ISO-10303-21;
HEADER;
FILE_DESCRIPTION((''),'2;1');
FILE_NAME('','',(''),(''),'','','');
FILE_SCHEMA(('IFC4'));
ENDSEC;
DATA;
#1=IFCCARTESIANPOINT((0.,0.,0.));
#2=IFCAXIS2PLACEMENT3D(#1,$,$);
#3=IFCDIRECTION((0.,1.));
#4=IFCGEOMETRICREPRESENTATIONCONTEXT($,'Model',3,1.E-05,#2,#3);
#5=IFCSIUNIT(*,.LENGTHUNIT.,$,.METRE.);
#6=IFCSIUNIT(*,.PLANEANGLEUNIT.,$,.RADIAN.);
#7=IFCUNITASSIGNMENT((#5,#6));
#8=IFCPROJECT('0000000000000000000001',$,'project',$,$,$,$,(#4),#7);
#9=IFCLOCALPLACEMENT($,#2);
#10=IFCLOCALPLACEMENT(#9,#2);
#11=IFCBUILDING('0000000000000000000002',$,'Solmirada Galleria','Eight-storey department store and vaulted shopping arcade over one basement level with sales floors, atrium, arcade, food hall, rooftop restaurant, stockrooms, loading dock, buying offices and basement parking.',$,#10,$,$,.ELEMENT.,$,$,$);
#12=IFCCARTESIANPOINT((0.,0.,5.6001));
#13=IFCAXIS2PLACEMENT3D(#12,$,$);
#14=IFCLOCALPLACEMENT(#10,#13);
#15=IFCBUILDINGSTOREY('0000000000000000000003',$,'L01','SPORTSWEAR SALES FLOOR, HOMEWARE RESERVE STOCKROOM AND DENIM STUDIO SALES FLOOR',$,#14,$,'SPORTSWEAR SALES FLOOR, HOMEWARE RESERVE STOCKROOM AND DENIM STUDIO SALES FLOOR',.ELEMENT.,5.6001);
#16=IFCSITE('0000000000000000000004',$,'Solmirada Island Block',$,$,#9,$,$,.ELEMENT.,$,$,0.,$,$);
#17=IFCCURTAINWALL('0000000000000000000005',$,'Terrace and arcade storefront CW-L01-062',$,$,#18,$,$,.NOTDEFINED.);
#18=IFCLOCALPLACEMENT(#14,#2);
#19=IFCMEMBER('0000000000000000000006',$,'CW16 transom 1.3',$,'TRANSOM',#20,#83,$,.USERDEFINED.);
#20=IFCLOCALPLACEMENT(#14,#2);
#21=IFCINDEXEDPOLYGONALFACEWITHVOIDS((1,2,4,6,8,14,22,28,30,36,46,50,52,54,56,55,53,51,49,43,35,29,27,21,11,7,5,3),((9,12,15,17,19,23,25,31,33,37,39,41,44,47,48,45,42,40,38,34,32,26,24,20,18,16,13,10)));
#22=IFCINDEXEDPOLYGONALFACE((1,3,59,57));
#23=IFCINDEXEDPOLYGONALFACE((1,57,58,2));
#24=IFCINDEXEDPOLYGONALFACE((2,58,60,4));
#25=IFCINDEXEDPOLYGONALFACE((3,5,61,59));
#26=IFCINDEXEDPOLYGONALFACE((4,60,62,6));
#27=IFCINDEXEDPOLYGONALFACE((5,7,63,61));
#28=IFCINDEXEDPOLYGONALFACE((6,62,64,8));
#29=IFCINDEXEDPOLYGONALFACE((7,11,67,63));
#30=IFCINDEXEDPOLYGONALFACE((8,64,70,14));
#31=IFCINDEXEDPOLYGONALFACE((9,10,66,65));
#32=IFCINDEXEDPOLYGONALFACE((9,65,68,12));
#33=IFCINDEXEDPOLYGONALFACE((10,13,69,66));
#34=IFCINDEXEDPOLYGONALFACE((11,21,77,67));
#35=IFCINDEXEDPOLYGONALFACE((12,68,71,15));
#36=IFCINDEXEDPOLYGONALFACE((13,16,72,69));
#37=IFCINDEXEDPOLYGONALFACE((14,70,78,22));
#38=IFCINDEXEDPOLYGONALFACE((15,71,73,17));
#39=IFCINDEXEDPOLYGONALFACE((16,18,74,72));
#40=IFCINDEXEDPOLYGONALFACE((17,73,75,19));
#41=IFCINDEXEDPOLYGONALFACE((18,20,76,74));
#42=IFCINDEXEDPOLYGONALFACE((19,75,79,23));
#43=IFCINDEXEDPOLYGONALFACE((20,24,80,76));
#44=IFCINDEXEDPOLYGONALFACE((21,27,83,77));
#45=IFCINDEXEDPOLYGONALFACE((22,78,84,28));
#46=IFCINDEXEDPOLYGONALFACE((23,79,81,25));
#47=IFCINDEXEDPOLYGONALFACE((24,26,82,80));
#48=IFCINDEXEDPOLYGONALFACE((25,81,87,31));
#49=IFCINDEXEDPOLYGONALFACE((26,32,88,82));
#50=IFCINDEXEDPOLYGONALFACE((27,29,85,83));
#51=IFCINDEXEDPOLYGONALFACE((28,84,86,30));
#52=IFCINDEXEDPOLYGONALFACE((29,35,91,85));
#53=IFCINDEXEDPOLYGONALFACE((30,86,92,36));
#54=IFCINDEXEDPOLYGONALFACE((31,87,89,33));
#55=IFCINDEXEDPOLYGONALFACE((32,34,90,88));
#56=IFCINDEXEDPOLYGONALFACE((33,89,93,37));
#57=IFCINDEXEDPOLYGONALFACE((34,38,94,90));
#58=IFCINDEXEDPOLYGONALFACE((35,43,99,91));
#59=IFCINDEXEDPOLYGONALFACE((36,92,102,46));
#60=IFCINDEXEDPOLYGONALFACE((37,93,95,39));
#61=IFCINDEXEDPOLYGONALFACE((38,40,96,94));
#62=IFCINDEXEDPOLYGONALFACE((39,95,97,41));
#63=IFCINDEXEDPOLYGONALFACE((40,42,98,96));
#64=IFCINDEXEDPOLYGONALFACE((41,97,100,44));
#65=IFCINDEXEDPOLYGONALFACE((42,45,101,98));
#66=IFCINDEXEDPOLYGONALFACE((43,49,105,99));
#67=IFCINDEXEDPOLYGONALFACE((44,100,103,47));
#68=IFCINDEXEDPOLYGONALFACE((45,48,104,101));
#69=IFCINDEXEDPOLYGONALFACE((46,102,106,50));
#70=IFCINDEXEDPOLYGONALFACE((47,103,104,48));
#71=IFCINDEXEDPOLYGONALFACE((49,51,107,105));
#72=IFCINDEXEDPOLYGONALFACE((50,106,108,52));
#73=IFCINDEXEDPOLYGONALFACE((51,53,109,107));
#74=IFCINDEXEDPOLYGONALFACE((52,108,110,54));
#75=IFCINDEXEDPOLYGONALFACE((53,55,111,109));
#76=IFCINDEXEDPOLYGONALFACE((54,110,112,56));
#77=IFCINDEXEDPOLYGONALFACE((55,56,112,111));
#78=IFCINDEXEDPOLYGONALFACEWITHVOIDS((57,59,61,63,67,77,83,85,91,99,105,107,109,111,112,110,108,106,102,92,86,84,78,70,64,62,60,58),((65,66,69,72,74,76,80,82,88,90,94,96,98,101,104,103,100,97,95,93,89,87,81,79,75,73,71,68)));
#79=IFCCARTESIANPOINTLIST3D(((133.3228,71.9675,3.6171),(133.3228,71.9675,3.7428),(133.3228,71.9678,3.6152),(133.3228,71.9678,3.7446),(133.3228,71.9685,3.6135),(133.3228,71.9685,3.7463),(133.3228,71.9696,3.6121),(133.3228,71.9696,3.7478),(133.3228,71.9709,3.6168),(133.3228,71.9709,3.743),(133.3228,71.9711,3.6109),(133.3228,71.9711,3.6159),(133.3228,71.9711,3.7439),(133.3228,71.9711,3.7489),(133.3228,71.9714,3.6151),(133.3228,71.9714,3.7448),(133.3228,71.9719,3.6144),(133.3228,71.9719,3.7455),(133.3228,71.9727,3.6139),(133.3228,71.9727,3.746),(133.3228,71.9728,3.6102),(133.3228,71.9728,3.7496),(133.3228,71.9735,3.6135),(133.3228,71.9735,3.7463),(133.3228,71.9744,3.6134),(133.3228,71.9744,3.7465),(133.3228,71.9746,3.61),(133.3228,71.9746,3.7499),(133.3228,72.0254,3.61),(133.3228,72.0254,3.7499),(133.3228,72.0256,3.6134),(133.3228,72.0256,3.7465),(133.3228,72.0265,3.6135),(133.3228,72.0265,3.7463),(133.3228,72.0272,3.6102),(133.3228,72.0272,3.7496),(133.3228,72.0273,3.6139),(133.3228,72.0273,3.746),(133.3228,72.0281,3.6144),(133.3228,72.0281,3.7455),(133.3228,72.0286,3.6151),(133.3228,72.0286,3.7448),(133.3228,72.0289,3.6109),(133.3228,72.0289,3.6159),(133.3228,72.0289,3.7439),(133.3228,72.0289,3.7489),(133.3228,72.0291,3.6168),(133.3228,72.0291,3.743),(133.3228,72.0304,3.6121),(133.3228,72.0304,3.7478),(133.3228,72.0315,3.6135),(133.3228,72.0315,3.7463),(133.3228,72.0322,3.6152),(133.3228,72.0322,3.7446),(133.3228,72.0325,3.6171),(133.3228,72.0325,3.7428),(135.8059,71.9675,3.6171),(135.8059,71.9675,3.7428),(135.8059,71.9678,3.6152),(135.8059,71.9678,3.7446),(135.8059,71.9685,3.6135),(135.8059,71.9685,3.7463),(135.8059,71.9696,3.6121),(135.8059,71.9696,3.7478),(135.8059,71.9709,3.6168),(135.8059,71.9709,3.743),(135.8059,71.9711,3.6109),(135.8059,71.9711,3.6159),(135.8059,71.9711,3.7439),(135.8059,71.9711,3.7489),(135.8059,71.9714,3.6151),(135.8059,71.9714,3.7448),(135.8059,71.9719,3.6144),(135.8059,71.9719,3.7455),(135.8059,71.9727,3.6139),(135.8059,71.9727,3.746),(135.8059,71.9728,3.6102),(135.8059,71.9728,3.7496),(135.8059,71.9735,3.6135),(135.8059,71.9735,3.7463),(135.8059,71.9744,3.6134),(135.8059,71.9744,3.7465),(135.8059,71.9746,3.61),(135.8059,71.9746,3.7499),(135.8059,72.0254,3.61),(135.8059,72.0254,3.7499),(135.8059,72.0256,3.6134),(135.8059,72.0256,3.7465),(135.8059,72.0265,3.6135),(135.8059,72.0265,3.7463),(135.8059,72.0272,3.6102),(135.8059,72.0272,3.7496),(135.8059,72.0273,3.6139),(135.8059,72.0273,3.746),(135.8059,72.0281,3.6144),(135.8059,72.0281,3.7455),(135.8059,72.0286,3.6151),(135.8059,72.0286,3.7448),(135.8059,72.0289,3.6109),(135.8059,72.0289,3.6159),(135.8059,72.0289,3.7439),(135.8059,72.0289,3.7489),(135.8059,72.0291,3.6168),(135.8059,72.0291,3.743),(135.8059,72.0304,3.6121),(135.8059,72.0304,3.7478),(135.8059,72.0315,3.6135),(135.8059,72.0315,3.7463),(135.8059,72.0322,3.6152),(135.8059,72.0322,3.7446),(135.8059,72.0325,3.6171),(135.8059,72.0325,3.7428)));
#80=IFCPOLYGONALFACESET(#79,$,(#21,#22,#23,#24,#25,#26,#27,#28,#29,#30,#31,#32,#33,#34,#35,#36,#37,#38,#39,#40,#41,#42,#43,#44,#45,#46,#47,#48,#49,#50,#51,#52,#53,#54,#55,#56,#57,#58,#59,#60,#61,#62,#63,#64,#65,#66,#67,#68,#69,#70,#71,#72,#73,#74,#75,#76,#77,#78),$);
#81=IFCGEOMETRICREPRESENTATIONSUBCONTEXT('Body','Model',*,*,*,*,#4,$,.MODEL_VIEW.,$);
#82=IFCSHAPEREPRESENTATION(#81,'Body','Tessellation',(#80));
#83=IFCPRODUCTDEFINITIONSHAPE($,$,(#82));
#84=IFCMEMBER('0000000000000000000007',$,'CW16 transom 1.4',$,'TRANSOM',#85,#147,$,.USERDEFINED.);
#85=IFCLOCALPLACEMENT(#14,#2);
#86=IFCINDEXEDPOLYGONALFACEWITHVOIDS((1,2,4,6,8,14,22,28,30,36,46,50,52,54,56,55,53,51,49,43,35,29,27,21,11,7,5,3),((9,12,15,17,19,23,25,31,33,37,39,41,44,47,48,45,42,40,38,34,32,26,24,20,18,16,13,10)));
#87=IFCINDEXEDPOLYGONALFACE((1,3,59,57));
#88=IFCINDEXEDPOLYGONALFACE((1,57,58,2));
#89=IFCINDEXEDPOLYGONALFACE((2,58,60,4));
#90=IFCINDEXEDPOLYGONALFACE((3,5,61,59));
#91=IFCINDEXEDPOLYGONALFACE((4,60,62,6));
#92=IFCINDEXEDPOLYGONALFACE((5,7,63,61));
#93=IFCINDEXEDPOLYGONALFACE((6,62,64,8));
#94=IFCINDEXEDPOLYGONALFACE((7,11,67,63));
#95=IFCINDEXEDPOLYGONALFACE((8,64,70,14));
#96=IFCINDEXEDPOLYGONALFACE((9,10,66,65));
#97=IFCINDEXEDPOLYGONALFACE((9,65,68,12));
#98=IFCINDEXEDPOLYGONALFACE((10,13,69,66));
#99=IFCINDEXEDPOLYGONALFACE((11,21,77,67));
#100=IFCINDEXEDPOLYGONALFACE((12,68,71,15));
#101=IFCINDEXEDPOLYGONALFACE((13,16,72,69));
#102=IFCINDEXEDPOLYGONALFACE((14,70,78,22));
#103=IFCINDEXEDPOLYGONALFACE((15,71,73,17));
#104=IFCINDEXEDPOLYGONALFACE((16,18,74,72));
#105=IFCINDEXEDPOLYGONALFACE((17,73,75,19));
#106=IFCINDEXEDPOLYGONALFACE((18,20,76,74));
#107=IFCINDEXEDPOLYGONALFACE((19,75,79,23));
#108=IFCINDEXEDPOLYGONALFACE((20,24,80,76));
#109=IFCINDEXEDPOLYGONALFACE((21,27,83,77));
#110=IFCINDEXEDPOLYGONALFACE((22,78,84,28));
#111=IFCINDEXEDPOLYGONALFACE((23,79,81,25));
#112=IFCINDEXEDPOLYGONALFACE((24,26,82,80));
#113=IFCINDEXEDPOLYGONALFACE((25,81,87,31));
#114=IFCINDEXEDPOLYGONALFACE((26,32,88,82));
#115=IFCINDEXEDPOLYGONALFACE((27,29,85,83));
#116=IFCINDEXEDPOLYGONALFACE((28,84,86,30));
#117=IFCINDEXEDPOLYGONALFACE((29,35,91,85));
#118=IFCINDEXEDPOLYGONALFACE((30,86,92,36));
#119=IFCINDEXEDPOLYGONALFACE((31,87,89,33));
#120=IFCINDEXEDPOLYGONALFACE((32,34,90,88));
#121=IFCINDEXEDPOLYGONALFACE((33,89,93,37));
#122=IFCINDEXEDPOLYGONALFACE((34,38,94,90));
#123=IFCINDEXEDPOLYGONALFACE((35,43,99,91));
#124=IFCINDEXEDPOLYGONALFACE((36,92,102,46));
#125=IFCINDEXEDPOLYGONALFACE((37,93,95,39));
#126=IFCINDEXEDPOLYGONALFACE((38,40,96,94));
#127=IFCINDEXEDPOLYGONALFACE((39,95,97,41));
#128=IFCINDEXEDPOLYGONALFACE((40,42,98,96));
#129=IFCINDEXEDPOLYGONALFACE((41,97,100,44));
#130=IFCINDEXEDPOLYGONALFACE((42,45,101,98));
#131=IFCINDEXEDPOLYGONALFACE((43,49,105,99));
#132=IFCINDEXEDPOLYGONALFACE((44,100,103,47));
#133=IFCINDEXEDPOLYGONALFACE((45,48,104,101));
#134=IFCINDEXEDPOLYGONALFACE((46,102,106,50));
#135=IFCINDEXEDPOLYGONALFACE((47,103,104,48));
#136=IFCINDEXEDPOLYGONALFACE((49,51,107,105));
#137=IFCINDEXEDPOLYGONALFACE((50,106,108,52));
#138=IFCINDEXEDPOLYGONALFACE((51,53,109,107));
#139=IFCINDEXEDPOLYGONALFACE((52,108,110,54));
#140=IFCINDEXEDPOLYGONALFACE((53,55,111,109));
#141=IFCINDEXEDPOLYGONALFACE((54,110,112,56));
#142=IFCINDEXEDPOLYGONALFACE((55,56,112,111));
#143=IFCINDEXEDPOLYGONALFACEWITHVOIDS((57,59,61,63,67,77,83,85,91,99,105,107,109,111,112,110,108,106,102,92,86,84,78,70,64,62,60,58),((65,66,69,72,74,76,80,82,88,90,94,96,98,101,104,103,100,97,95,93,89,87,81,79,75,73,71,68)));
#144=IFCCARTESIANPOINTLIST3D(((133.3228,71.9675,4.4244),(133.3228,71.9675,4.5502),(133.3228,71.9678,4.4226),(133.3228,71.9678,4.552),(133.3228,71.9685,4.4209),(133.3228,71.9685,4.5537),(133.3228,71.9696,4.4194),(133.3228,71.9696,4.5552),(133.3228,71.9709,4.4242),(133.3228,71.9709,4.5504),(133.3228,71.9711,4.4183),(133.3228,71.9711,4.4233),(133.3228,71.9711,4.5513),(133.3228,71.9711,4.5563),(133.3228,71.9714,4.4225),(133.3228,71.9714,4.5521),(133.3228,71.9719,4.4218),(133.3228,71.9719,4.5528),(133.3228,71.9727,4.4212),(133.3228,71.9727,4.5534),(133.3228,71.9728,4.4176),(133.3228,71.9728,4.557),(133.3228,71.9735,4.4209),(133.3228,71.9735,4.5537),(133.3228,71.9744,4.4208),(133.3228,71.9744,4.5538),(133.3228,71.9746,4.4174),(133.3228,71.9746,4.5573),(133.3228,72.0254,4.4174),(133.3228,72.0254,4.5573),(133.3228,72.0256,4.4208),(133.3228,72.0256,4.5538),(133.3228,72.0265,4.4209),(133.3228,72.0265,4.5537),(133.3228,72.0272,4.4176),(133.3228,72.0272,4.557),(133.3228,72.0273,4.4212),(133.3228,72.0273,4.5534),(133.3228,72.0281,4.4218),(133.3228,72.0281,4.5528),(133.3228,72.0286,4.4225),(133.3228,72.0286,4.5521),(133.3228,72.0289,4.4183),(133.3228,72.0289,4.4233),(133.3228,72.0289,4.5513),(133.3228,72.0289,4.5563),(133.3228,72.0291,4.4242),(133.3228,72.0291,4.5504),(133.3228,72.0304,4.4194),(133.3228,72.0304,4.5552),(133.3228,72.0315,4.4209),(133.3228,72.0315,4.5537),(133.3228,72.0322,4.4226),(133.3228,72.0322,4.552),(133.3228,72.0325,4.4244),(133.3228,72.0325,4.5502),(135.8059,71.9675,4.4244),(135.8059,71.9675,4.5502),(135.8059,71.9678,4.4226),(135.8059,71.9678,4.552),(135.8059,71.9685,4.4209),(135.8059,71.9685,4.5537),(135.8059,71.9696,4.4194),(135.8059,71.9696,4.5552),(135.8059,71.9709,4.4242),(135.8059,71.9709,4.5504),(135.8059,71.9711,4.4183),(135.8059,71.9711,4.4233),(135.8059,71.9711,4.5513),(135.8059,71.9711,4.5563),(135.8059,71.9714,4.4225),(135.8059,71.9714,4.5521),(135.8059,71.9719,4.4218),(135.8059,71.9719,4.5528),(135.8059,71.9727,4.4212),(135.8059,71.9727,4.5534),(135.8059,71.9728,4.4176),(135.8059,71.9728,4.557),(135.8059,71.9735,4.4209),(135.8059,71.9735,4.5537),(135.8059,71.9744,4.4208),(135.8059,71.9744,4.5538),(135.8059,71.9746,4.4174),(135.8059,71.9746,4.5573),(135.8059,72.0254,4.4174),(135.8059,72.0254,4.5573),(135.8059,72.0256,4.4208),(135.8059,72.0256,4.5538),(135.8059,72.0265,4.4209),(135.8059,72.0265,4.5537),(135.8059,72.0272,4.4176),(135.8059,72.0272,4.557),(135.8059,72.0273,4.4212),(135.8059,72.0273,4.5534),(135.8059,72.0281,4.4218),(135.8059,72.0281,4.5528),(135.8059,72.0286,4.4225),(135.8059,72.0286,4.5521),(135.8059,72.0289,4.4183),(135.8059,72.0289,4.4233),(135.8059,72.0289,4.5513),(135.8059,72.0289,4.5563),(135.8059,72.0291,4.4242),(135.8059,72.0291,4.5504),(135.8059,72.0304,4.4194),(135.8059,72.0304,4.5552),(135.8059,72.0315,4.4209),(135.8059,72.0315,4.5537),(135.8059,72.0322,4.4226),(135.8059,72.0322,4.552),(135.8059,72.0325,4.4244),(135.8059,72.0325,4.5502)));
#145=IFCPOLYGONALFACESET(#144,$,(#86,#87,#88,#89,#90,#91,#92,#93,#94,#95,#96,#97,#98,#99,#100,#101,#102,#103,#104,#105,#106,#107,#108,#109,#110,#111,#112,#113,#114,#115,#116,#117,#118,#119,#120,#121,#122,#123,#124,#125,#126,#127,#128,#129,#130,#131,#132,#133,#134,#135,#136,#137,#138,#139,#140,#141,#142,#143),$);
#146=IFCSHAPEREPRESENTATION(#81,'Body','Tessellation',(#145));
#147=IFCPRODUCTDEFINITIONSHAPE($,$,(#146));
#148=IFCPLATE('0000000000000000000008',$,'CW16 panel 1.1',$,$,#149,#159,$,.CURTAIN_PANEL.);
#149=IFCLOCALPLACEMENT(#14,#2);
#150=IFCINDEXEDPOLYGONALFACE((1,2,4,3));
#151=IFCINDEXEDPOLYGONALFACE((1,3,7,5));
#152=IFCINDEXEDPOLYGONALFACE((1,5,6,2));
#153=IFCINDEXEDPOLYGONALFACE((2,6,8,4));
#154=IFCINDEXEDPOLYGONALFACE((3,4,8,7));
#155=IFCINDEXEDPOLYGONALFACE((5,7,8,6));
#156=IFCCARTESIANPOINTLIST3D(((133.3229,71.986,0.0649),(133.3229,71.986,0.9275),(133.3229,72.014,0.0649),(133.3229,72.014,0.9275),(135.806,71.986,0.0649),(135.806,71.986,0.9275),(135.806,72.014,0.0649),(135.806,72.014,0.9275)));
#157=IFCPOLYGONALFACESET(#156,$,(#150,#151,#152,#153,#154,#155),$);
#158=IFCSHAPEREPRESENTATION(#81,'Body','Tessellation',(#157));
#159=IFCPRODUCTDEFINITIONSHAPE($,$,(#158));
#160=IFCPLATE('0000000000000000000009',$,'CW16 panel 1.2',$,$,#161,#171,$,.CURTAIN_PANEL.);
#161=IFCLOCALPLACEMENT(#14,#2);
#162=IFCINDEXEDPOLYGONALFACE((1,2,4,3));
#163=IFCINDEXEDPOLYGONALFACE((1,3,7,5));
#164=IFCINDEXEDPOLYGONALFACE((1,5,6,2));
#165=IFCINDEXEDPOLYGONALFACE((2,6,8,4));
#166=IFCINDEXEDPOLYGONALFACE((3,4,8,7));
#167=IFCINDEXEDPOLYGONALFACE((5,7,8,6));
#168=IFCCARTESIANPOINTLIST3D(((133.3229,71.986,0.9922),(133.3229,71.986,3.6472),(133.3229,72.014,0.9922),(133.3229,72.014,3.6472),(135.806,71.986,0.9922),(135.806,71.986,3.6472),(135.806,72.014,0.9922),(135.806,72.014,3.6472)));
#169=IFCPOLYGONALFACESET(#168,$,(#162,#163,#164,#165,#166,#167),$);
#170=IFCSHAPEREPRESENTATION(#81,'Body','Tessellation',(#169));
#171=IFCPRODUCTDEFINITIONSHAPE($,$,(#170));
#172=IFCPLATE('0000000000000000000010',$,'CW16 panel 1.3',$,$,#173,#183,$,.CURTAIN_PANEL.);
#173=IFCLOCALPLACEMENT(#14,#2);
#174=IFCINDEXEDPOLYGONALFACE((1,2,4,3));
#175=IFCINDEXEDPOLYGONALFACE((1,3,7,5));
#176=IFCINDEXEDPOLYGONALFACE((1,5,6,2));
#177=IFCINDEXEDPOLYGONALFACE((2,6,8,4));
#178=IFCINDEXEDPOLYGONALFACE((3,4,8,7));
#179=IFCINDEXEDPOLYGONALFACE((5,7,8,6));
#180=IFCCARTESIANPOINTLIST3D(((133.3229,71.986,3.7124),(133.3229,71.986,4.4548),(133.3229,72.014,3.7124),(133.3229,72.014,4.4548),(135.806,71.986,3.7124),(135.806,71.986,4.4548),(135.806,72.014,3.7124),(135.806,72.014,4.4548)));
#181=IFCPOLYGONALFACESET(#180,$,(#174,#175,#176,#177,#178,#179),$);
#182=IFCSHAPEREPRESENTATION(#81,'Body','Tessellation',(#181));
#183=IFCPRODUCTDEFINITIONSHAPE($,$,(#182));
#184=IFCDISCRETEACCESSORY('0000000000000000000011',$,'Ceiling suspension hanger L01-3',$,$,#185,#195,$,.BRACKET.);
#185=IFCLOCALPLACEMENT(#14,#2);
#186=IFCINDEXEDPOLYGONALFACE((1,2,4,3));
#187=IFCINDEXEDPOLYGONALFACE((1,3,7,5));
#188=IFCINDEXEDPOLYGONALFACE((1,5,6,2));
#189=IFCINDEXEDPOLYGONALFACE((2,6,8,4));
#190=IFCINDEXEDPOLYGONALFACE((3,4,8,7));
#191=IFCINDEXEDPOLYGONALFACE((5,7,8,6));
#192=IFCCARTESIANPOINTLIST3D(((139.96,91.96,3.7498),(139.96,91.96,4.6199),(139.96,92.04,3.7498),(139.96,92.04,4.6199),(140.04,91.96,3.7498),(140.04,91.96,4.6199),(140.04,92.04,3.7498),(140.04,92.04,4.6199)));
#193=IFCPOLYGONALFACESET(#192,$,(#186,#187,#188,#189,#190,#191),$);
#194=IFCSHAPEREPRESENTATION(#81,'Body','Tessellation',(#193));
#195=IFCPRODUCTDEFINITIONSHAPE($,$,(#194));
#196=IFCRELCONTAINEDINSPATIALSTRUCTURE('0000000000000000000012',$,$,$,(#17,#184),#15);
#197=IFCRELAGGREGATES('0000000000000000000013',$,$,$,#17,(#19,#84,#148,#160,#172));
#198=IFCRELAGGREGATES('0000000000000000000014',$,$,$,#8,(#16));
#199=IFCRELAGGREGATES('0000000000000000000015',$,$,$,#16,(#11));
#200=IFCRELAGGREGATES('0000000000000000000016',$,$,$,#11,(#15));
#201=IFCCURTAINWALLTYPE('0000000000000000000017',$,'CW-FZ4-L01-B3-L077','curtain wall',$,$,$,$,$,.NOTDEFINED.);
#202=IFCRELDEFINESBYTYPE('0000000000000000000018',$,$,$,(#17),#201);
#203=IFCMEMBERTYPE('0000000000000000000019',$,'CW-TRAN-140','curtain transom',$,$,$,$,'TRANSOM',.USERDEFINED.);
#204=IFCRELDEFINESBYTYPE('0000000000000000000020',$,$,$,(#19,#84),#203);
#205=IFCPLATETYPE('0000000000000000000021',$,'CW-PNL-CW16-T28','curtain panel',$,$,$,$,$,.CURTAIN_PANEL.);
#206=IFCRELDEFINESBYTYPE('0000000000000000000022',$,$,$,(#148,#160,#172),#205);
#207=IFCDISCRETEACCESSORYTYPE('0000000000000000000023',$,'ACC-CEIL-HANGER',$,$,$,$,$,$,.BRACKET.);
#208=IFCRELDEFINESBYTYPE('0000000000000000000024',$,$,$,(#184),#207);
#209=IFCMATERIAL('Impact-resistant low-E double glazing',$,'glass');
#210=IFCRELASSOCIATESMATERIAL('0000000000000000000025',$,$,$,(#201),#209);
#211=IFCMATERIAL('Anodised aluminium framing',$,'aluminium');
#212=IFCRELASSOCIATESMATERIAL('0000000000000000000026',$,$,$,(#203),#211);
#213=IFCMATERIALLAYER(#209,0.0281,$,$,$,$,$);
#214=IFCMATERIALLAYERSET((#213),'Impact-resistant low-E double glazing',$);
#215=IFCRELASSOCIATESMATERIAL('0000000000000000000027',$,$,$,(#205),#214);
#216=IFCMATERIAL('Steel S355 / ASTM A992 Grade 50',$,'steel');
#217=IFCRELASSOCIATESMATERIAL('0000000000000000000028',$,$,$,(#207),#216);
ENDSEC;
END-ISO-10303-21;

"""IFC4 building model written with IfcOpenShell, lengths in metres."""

from ifc_helpers import new_model, si_unit, direction, frame, origin, origin_2d, place, context, subcontext, project, spatial, rectangle, hollow_rectangle, extrude, material, layer, layer_set, material_profile, profile_set, type_object, element, aggregate, save


model = new_model("IFC4")

# Units and contexts
model_context = context("Model", 3, precision=1e-05, world=origin(), true_north=direction((0.0, 1.0)))
body_context = subcontext(model_context, "Body", "Model", "MODEL_VIEW")
ifc_project = project(units=[si_unit("LENGTHUNIT", "METRE"), si_unit("PLANEANGLEUNIT", "RADIAN")], contexts=[model_context])

# Site, building, storey
site_placement = place(None, origin())
site = spatial("IfcSite", under=ifc_project, at=site_placement, Name="Solmirada Island Block", CompositionType="ELEMENT", RefElevation=0.0)
building_placement = place(site_placement, origin())
building = spatial("IfcBuilding", under=site, at=building_placement, Name="Solmirada Galleria", Description="Eight-storey department store and vaulted shopping arcade over one basement level with sales floors, atrium, arcade, food hall, rooftop restaurant, stockrooms, loading dock, buying offices and basement parking.", CompositionType="ELEMENT")
storey_placement = place(building_placement, frame((0.0, 0.0, 5.6001)))
storey = spatial("IfcBuildingStorey", under=building, at=storey_placement, Name="L01", Description="SPORTSWEAR SALES FLOOR, HOMEWARE RESERVE STOCKROOM AND DENIM STUDIO SALES FLOOR", LongName="SPORTSWEAR SALES FLOOR, HOMEWARE RESERVE STOCKROOM AND DENIM STUDIO SALES FLOOR", CompositionType="ELEMENT", Elevation=5.6001)

# Shared definitions
ifc_material_1 = material(Name="Steel S355 / ASTM A992 Grade 50", Category="steel")

# Curtain wall, members, plates
ifc_material_2 = material(Name="Impact-resistant low-E double glazing", Category="glass")
curtain_wall_type = type_object("IfcCurtainWallType", Name="CW-FZ4-L01-B3-L077", Description="curtain wall", PredefinedType="NOTDEFINED", material=ifc_material_2)
curtain_wall_placement = place(storey_placement, origin())
curtain_wall = element("IfcCurtainWall", 1, at=curtain_wall_placement, inside=storey, type_object=curtain_wall_type, Name="Terrace and arcade storefront CW-L01-062", PredefinedType="NOTDEFINED")
ifc_material_3 = material(Name="Anodised aluminium framing", Category="aluminium")
ifc_material_profile_1 = material_profile(ifc_material_3, hollow_rectangle(XDim=0.0649, YDim=0.1399, WallThickness=0.0034, InnerFilletRadius=0.0034, OuterFilletRadius=0.0071, at=origin_2d()), Name="ALU-TRAN-140X65")
ifc_profile_set_1 = profile_set([ifc_material_profile_1], Name="Anodised aluminium framing")
member_type_1 = type_object("IfcMemberType", Name="CW-TRAN-140", Description="curtain transom", ElementType="TRANSOM", PredefinedType="USERDEFINED", material=ifc_profile_set_1)
member_1_placement = place(storey_placement, frame((135.8059, 72.0, 3.6799), z_axis=(-1.0, 0.0, 0.0), x_axis=(0.0, -1.0, 0.0)))
member_1 = element("IfcMember", 2, at=member_1_placement, type_object=member_type_1, Name="CW16 transom 1.3", ObjectType="TRANSOM", PredefinedType="USERDEFINED", context=body_context, shape_type="SweptSolid", body=[
    extrude(hollow_rectangle(XDim=0.0649, YDim=0.1399, WallThickness=0.0034, InnerFilletRadius=0.0034, OuterFilletRadius=0.0071, at=origin_2d()), origin(), (0.0, 0.0, 1.0), 2.4832),
])
member_2_placement = place(storey_placement, frame((135.8059, 72.0, 4.4873), z_axis=(-1.0, 0.0, 0.0), x_axis=(0.0, -1.0, 0.0)))
member_2 = element("IfcMember", 3, at=member_2_placement, type_object=member_type_1, Name="CW16 transom 1.4", ObjectType="TRANSOM", PredefinedType="USERDEFINED", context=body_context, shape_type="SweptSolid", body=[
    extrude(hollow_rectangle(XDim=0.0649, YDim=0.1399, WallThickness=0.0034, InnerFilletRadius=0.0034, OuterFilletRadius=0.0071, at=origin_2d()), origin(), (0.0, 0.0, 1.0), 2.4832),
])
ifc_layer_1 = layer(ifc_material_2, 0.0281)
ifc_layer_set_1 = layer_set([ifc_layer_1], Name="Impact-resistant low-E double glazing")
plate_type = type_object("IfcPlateType", Name="CW-PNL-CW16-T28", Description="curtain panel", PredefinedType="CURTAIN_PANEL", material=ifc_layer_set_1)
plate_1_placement = place(storey_placement, frame((134.5645, 72.0, 0.0649), z_axis=(0.0, 0.0, 1.0), x_axis=(-1.0, 0.0, 0.0)))
plate_1 = element("IfcPlate", 4, at=plate_1_placement, type_object=plate_type, Name="CW16 panel 1.1", PredefinedType="CURTAIN_PANEL", context=body_context, shape_type="SweptSolid", body=[
    extrude(rectangle(XDim=2.4832, YDim=0.0281, at=origin_2d()), origin(), (0.0, 0.0, 1.0), 0.8625),
])
plate_2_placement = place(storey_placement, frame((134.5645, 72.0, 0.9922), z_axis=(0.0, 0.0, 1.0), x_axis=(-1.0, 0.0, 0.0)))
plate_2 = element("IfcPlate", 5, at=plate_2_placement, type_object=plate_type, Name="CW16 panel 1.2", PredefinedType="CURTAIN_PANEL", context=body_context, shape_type="SweptSolid", body=[
    extrude(rectangle(XDim=2.4832, YDim=0.0281, at=origin_2d()), origin(), (0.0, 0.0, 1.0), 2.655),
])
plate_3_placement = place(storey_placement, frame((134.5645, 72.0, 3.7124), z_axis=(0.0, 0.0, 1.0), x_axis=(-1.0, 0.0, 0.0)))
plate_3 = element("IfcPlate", 6, at=plate_3_placement, type_object=plate_type, Name="CW16 panel 1.3", PredefinedType="CURTAIN_PANEL", context=body_context, shape_type="SweptSolid", body=[
    extrude(rectangle(XDim=2.4832, YDim=0.0281, at=origin_2d()), origin(), (0.0, 0.0, 1.0), 0.7424),
])
aggregate(curtain_wall, [member_1, member_2, plate_1, plate_2, plate_3])

# Discrete accessory
discrete_accessory_type_1 = type_object("IfcDiscreteAccessoryType", Name="ACC-CEIL-HANGER", PredefinedType="BRACKET", material=ifc_material_1)
discrete_accessory_1_placement = place(storey_placement, frame((140.0, 92.0, 3.7498), z_axis=(0.0, 0.0, 1.0), x_axis=(1.0, 0.0, 0.0)))
element("IfcDiscreteAccessory", 7, at=discrete_accessory_1_placement, inside=storey, type_object=discrete_accessory_type_1, Name="Ceiling suspension hanger L01-3", PredefinedType="BRACKET", context=body_context, shape_type="SweptSolid", body=[
    extrude(rectangle(XDim=0.0801, YDim=0.0801, at=origin_2d()), origin(), (0.0, 0.0, 1.0), 0.8701),
])

save(model, "model.ifc")
